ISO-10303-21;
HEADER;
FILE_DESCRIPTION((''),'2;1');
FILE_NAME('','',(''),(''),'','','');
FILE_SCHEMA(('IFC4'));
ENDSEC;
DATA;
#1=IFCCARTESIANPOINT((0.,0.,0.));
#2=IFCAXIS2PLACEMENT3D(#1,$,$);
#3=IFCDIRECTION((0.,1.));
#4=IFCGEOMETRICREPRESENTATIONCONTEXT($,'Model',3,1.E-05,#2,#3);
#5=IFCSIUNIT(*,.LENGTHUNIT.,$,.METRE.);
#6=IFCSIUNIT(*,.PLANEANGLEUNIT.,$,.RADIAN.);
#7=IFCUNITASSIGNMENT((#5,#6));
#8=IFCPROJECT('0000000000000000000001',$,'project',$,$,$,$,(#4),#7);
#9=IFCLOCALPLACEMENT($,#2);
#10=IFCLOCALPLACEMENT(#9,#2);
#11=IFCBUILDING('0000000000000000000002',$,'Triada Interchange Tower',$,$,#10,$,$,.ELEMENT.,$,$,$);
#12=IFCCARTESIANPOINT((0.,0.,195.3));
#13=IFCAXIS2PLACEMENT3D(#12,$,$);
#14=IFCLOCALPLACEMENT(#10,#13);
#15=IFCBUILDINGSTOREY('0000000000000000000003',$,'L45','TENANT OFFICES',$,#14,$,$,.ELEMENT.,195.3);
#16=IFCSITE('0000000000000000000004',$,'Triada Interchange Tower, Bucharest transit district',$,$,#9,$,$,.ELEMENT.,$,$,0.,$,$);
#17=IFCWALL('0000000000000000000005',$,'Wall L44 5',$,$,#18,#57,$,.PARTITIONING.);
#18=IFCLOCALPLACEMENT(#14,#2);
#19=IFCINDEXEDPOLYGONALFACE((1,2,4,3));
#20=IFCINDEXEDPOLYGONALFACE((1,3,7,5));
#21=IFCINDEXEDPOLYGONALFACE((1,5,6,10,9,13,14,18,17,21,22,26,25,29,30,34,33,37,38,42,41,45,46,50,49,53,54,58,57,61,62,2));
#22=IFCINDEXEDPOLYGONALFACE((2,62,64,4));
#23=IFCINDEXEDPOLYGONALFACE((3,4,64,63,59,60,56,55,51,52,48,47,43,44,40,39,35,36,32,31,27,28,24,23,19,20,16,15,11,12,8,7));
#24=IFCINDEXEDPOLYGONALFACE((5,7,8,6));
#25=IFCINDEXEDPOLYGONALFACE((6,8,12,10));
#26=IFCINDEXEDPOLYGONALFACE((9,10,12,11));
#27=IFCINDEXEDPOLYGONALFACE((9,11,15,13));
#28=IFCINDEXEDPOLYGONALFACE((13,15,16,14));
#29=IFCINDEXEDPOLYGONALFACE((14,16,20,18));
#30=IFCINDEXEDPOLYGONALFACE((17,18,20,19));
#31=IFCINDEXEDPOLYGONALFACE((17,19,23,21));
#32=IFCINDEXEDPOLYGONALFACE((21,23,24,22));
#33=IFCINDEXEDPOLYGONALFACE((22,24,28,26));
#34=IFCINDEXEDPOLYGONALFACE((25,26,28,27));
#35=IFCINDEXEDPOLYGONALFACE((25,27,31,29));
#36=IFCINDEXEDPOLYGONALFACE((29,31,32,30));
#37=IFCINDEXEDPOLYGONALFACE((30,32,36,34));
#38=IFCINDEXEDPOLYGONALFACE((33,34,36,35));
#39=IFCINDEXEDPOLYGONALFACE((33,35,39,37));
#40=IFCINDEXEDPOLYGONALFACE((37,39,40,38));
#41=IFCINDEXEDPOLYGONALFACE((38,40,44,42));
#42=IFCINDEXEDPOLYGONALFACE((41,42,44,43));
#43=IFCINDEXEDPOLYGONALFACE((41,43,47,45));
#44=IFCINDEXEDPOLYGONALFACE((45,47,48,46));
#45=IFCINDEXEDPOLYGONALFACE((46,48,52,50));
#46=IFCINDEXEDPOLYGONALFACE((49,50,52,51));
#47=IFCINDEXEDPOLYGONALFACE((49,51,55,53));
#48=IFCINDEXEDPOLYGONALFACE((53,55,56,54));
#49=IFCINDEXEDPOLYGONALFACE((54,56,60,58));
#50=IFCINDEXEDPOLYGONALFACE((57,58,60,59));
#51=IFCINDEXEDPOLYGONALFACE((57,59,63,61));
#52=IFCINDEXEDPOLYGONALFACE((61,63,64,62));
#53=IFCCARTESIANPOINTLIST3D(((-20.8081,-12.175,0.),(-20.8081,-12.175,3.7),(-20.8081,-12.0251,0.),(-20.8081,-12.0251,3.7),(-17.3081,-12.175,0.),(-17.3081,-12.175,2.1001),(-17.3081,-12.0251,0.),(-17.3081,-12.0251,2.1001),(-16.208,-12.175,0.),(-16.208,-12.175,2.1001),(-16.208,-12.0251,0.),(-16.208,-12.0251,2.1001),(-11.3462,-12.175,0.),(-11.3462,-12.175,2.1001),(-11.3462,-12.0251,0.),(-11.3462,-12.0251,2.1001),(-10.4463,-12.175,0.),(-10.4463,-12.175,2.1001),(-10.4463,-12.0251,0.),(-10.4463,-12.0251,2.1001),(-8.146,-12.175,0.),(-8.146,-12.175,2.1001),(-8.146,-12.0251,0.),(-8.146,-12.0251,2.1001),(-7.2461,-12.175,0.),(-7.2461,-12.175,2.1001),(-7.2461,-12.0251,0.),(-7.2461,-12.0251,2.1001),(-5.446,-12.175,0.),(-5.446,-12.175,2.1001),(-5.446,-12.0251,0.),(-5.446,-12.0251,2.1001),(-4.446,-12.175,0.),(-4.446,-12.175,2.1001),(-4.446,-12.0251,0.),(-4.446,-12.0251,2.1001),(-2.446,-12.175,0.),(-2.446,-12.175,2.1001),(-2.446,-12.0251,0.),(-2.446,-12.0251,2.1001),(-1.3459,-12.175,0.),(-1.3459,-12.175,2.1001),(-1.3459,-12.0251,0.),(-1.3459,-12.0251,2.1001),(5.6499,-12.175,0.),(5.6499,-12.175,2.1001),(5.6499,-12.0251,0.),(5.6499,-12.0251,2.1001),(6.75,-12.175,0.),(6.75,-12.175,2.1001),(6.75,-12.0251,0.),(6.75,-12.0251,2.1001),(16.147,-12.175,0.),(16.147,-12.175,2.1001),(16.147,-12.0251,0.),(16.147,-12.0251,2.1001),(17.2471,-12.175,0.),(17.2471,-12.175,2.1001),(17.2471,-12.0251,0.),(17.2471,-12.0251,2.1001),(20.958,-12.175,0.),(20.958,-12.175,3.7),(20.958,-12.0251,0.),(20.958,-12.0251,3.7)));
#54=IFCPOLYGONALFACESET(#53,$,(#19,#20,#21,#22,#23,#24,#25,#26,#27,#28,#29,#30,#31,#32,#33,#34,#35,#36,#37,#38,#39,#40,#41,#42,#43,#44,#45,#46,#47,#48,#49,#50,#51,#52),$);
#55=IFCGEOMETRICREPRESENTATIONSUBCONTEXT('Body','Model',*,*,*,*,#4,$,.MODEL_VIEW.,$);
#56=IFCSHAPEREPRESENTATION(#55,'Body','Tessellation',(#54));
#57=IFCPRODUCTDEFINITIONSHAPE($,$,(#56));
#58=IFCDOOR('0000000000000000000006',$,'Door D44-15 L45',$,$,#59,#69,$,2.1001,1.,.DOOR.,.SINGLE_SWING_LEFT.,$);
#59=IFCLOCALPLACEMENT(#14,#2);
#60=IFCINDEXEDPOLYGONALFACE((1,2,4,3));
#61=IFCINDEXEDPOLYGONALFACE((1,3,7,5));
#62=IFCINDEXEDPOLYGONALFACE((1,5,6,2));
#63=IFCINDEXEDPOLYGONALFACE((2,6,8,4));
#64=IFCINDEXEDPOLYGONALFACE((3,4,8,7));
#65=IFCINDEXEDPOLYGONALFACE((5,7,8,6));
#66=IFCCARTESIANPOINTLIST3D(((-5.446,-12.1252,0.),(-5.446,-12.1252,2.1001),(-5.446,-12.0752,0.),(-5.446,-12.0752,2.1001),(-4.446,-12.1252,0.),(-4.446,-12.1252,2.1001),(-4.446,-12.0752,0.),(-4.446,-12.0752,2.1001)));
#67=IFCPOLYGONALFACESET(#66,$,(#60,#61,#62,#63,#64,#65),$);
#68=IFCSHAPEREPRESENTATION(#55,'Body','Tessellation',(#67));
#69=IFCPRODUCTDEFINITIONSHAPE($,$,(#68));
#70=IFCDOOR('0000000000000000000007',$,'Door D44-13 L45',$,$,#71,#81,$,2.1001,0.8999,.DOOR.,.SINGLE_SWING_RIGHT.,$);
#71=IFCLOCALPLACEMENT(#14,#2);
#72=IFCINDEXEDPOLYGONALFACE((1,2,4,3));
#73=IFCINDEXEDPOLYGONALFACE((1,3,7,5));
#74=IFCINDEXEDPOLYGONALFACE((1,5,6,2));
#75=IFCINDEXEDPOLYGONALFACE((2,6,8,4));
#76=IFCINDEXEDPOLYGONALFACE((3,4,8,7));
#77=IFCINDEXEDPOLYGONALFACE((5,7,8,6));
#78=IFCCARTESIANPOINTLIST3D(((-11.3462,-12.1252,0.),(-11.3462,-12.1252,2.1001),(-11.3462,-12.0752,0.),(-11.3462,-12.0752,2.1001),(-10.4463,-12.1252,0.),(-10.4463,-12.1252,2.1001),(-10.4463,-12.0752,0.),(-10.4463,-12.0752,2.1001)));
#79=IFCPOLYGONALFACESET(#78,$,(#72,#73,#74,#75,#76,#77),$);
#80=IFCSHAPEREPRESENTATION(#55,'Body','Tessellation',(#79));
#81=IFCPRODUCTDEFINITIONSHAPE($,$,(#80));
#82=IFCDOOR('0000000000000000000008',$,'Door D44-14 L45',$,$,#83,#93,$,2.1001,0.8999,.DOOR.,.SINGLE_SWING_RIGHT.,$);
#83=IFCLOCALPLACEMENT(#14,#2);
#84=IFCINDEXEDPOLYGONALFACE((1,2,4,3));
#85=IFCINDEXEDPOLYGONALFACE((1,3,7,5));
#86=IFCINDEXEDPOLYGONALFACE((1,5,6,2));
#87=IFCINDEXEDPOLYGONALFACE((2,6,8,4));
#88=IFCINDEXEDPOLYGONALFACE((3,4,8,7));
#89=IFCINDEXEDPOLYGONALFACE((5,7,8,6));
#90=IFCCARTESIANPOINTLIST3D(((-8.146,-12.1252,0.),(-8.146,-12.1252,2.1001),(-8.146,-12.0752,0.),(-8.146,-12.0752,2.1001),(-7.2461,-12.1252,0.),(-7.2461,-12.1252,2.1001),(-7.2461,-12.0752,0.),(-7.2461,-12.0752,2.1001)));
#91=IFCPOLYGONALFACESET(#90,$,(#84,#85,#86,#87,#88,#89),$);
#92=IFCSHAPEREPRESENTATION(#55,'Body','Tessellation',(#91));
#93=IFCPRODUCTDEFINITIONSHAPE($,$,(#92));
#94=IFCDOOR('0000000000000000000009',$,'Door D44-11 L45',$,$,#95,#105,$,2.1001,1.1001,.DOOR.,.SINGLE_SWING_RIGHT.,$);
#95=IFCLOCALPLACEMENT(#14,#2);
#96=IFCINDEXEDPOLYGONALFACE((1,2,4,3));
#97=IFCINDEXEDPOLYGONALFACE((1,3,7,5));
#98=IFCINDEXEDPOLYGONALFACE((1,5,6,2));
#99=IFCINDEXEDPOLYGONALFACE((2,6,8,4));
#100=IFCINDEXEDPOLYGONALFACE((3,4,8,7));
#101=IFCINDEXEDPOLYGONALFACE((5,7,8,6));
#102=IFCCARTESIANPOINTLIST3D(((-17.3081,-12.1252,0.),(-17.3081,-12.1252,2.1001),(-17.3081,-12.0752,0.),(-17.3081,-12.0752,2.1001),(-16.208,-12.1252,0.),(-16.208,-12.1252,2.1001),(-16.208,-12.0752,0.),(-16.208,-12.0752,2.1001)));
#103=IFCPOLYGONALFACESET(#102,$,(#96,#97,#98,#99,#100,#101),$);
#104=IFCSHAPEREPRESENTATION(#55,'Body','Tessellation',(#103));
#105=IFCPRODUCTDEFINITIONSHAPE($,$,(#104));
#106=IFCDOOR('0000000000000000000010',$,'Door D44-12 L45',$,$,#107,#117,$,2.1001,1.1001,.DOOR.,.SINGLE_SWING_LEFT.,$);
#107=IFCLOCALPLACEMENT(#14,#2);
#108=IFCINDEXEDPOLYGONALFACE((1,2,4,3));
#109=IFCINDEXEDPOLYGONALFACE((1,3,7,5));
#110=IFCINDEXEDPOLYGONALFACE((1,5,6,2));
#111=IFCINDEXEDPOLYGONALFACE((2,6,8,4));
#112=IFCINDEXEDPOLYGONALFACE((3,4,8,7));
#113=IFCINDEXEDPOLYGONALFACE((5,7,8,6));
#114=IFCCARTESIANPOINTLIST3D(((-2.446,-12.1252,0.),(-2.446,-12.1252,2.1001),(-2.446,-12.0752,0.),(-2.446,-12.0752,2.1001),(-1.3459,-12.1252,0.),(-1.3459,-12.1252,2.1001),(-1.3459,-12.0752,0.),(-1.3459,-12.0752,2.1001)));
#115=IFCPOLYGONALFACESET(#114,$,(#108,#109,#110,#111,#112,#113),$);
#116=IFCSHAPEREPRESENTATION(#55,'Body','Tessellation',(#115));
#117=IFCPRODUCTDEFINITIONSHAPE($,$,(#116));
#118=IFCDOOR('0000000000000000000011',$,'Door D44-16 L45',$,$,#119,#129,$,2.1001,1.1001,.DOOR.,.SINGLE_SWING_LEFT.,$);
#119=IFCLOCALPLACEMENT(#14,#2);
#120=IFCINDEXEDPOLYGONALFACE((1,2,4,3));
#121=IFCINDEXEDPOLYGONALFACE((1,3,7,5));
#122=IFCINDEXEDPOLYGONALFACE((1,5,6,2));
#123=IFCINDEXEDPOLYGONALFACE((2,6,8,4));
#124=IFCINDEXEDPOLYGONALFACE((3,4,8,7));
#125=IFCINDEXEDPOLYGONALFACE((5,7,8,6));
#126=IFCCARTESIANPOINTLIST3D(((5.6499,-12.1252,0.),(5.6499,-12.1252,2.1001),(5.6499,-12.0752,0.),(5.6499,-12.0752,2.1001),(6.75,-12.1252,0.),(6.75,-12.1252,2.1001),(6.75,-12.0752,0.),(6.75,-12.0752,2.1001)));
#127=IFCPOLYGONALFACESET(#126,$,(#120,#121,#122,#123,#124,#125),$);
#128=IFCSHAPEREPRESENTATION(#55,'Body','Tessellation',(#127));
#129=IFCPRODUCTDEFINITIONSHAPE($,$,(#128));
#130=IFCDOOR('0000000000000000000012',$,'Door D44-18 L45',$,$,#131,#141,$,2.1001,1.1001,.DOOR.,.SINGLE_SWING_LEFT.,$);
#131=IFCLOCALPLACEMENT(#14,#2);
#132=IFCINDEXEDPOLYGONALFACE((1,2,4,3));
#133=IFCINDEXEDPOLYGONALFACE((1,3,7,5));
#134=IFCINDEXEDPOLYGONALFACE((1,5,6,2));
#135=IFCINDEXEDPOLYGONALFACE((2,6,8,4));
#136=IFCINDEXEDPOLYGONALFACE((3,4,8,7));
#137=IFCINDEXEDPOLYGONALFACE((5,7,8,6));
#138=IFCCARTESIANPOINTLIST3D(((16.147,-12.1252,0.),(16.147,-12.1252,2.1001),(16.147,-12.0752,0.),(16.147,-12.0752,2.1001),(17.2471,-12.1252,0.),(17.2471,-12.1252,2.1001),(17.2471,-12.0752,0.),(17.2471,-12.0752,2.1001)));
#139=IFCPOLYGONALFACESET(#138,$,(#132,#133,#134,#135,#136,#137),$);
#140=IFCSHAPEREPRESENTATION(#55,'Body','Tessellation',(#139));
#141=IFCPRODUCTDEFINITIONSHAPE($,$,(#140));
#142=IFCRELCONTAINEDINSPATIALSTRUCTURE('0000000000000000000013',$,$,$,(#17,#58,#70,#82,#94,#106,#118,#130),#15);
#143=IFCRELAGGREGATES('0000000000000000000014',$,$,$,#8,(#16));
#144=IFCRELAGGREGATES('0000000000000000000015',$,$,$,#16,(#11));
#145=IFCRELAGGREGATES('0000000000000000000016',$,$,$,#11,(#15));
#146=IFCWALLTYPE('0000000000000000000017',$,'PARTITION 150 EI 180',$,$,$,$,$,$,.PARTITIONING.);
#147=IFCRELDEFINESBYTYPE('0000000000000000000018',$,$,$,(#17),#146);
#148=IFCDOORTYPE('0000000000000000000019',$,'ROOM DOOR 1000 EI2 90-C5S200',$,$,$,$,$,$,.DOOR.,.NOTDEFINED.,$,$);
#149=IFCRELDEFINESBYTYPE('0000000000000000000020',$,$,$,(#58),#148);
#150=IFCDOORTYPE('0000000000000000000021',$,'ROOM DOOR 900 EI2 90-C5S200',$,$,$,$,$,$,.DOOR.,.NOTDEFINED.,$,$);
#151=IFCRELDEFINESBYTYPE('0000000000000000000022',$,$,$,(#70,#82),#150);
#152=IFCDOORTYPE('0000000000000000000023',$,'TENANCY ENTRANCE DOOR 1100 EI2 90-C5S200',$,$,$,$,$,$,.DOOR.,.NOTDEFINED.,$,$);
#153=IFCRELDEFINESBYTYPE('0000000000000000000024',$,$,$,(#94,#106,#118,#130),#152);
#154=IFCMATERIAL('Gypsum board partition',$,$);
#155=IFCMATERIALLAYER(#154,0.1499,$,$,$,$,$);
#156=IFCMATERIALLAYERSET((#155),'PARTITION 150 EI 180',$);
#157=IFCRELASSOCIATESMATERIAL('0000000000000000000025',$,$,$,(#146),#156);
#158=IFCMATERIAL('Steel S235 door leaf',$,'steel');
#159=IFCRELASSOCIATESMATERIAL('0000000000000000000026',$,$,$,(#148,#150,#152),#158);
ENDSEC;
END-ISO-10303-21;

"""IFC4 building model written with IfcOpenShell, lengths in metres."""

from ifc_helpers import new_model, si_unit, direction, frame, frame_2d, origin, place, context, subcontext, project, spatial, rectangle, extrude, material, layer, layer_set, type_object, element, fill, save


model = new_model("IFC4")

# Units and contexts
model_context = context("Model", 3, precision=1e-05, world=origin(), true_north=direction((0.0, 1.0)))
body_context = subcontext(model_context, "Body", "Model", "MODEL_VIEW")
ifc_project = project(units=[si_unit("LENGTHUNIT", "METRE"), si_unit("PLANEANGLEUNIT", "RADIAN")], contexts=[model_context])

# Site, building, storey
site_placement = place(None, origin())
site = spatial("IfcSite", under=ifc_project, at=site_placement, Name="Triada Interchange Tower, Bucharest transit district", CompositionType="ELEMENT", RefElevation=0.0)
building_placement = place(site_placement, origin())
building = spatial("IfcBuilding", under=site, at=building_placement, Name="Triada Interchange Tower", CompositionType="ELEMENT")
storey_placement = place(building_placement, frame((0.0, 0.0, 195.3)))
storey = spatial("IfcBuildingStorey", under=building, at=storey_placement, Name="L45", Description="TENANT OFFICES", CompositionType="ELEMENT", Elevation=195.3)

# Wall, openings, doors
ifc_material_1 = material(Name="Gypsum board partition")
ifc_layer_1 = layer(ifc_material_1, 0.1499)
ifc_layer_set_1 = layer_set([ifc_layer_1], Name="PARTITION 150 EI 180")
wall_type_1 = type_object("IfcWallType", Name="PARTITION 150 EI 180", PredefinedType="PARTITIONING", material=ifc_layer_set_1)
ifc_material_2 = material(Name="Steel S235 door leaf", Category="steel")
door_type_1 = type_object("IfcDoorType", Name="ROOM DOOR 1000 EI2 90-C5S200", OperationType="NOTDEFINED", PredefinedType="DOOR", material=ifc_material_2)
door_type_2 = type_object("IfcDoorType", Name="ROOM DOOR 900 EI2 90-C5S200", OperationType="NOTDEFINED", PredefinedType="DOOR", material=ifc_material_2)
door_type_3 = type_object("IfcDoorType", Name="TENANCY ENTRANCE DOOR 1100 EI2 90-C5S200", OperationType="NOTDEFINED", PredefinedType="DOOR", material=ifc_material_2)
wall_1_placement = place(storey_placement, frame((-20.8081, -12.1001, 0.0), z_axis=(0.0, 0.0, 1.0), x_axis=(1.0, 0.0, 0.0)))
wall_1 = element("IfcWall", 1, at=wall_1_placement, inside=storey, type_object=wall_type_1, Name="Wall L44 5", PredefinedType="PARTITIONING", context=body_context, shape_type="SweptSolid", body=[
    extrude(rectangle(XDim=41.7661, YDim=0.1499, at=frame_2d((20.8831, 0.0))), origin(), (0.0, 0.0, 1.0), 3.7),
])
opening_1_placement = place(wall_1_placement, frame((3.5, 0.0, 0.0)))
opening_1 = element("IfcOpeningElement", 2, at=opening_1_placement, cuts=wall_1, PredefinedType="OPENING", context=body_context, shape_type="SweptSolid", body=[
    extrude(rectangle(XDim=1.1001, YDim=2.1001, at=frame_2d((0.55, 1.05))), frame((0.0, 0.085, 0.0), z_axis=(0.0, -1.0, 0.0), x_axis=(1.0, 0.0, 0.0)), (0.0, 0.0, 1.0), 0.1699),
])
opening_2_placement = place(wall_1_placement, frame((18.3621, 0.0, 0.0)))
opening_2 = element("IfcOpeningElement", 3, at=opening_2_placement, cuts=wall_1, PredefinedType="OPENING", context=body_context, shape_type="SweptSolid", body=[
    extrude(rectangle(XDim=1.1001, YDim=2.1001, at=frame_2d((0.55, 1.05))), frame((0.0, 0.085, 0.0), z_axis=(0.0, -1.0, 0.0), x_axis=(1.0, 0.0, 0.0)), (0.0, 0.0, 1.0), 0.1699),
])
opening_3_placement = place(wall_1_placement, frame((9.4619, 0.0, 0.0)))
opening_3 = element("IfcOpeningElement", 4, at=opening_3_placement, cuts=wall_1, PredefinedType="OPENING", context=body_context, shape_type="SweptSolid", body=[
    extrude(rectangle(XDim=0.8999, YDim=2.1001, at=frame_2d((0.45, 1.05))), frame((0.0, 0.085, 0.0), z_axis=(0.0, -1.0, 0.0), x_axis=(1.0, 0.0, 0.0)), (0.0, 0.0, 1.0), 0.1699),
])
opening_4_placement = place(wall_1_placement, frame((12.6621, 0.0, 0.0)))
opening_4 = element("IfcOpeningElement", 5, at=opening_4_placement, cuts=wall_1, PredefinedType="OPENING", context=body_context, shape_type="SweptSolid", body=[
    extrude(rectangle(XDim=0.8999, YDim=2.1001, at=frame_2d((0.45, 1.05))), frame((0.0, 0.085, 0.0), z_axis=(0.0, -1.0, 0.0), x_axis=(1.0, 0.0, 0.0)), (0.0, 0.0, 1.0), 0.1699),
])
opening_5_placement = place(wall_1_placement, frame((15.3621, 0.0, 0.0)))
opening_5 = element("IfcOpeningElement", 6, at=opening_5_placement, cuts=wall_1, PredefinedType="OPENING", context=body_context, shape_type="SweptSolid", body=[
    extrude(rectangle(XDim=1.0, YDim=2.1001, at=frame_2d((0.5, 1.05))), frame((0.0, 0.085, 0.0), z_axis=(0.0, -1.0, 0.0), x_axis=(1.0, 0.0, 0.0)), (0.0, 0.0, 1.0), 0.1699),
])
opening_6_placement = place(wall_1_placement, frame((26.458, 0.0, 0.0)))
opening_6 = element("IfcOpeningElement", 7, at=opening_6_placement, cuts=wall_1, PredefinedType="OPENING", context=body_context, shape_type="SweptSolid", body=[
    extrude(rectangle(XDim=1.1001, YDim=2.1001, at=frame_2d((0.55, 1.05))), frame((0.0, 0.085, 0.0), z_axis=(0.0, -1.0, 0.0), x_axis=(1.0, 0.0, 0.0)), (0.0, 0.0, 1.0), 0.1699),
])
opening_7_placement = place(wall_1_placement, frame((36.9551, 0.0, 0.0)))
opening_7 = element("IfcOpeningElement", 8, at=opening_7_placement, cuts=wall_1, PredefinedType="OPENING", context=body_context, shape_type="SweptSolid", body=[
    extrude(rectangle(XDim=1.1001, YDim=2.1001, at=frame_2d((0.55, 1.05))), frame((0.0, 0.085, 0.0), z_axis=(0.0, -1.0, 0.0), x_axis=(1.0, 0.0, 0.0)), (0.0, 0.0, 1.0), 0.1699),
])
door_1_placement = place(opening_5_placement, origin())
door_1 = element("IfcDoor", 9, at=door_1_placement, inside=storey, type_object=door_type_1, Name="Door D44-15 L45", OperationType="SINGLE_SWING_LEFT", OverallHeight=2.1001, OverallWidth=1.0, PredefinedType="DOOR", context=body_context, shape_type="SweptSolid", body=[
    extrude(rectangle(XDim=1.0, YDim=2.1001, at=frame_2d((0.5, 1.05))), frame((0.0, 0.0249, 0.0), z_axis=(0.0, -1.0, 0.0), x_axis=(1.0, 0.0, 0.0)), (0.0, 0.0, 1.0), 0.05),
])
fill(opening_5, door_1)
door_2_placement = place(opening_3_placement, origin())
door_2 = element("IfcDoor", 10, at=door_2_placement, inside=storey, type_object=door_type_2, Name="Door D44-13 L45", OperationType="SINGLE_SWING_RIGHT", OverallHeight=2.1001, OverallWidth=0.8999, PredefinedType="DOOR", context=body_context, shape_type="SweptSolid", body=[
    extrude(rectangle(XDim=0.8999, YDim=2.1001, at=frame_2d((0.45, 1.05))), frame((0.0, 0.0249, 0.0), z_axis=(0.0, -1.0, 0.0), x_axis=(1.0, 0.0, 0.0)), (0.0, 0.0, 1.0), 0.05),
])
fill(opening_3, door_2)
door_3_placement = place(opening_4_placement, origin())
door_3 = element("IfcDoor", 11, at=door_3_placement, inside=storey, type_object=door_type_2, Name="Door D44-14 L45", OperationType="SINGLE_SWING_RIGHT", OverallHeight=2.1001, OverallWidth=0.8999, PredefinedType="DOOR", context=body_context, shape_type="SweptSolid", body=[
    extrude(rectangle(XDim=0.8999, YDim=2.1001, at=frame_2d((0.45, 1.05))), frame((0.0, 0.0249, 0.0), z_axis=(0.0, -1.0, 0.0), x_axis=(1.0, 0.0, 0.0)), (0.0, 0.0, 1.0), 0.05),
])
fill(opening_4, door_3)
door_4_placement = place(opening_1_placement, origin())
door_4 = element("IfcDoor", 12, at=door_4_placement, inside=storey, type_object=door_type_3, Name="Door D44-11 L45", OperationType="SINGLE_SWING_RIGHT", OverallHeight=2.1001, OverallWidth=1.1001, PredefinedType="DOOR", context=body_context, shape_type="SweptSolid", body=[
    extrude(rectangle(XDim=1.1001, YDim=2.1001, at=frame_2d((0.55, 1.05))), frame((0.0, 0.0249, 0.0), z_axis=(0.0, -1.0, 0.0), x_axis=(1.0, 0.0, 0.0)), (0.0, 0.0, 1.0), 0.05),
])
fill(opening_1, door_4)
door_5_placement = place(opening_2_placement, origin())
door_5 = element("IfcDoor", 13, at=door_5_placement, inside=storey, type_object=door_type_3, Name="Door D44-12 L45", OperationType="SINGLE_SWING_LEFT", OverallHeight=2.1001, OverallWidth=1.1001, PredefinedType="DOOR", context=body_context, shape_type="SweptSolid", body=[
    extrude(rectangle(XDim=1.1001, YDim=2.1001, at=frame_2d((0.55, 1.05))), frame((0.0, 0.0249, 0.0), z_axis=(0.0, -1.0, 0.0), x_axis=(1.0, 0.0, 0.0)), (0.0, 0.0, 1.0), 0.05),
])
fill(opening_2, door_5)
door_6_placement = place(opening_6_placement, origin())
door_6 = element("IfcDoor", 14, at=door_6_placement, inside=storey, type_object=door_type_3, Name="Door D44-16 L45", OperationType="SINGLE_SWING_LEFT", OverallHeight=2.1001, OverallWidth=1.1001, PredefinedType="DOOR", context=body_context, shape_type="SweptSolid", body=[
    extrude(rectangle(XDim=1.1001, YDim=2.1001, at=frame_2d((0.55, 1.05))), frame((0.0, 0.0249, 0.0), z_axis=(0.0, -1.0, 0.0), x_axis=(1.0, 0.0, 0.0)), (0.0, 0.0, 1.0), 0.05),
])
fill(opening_6, door_6)
door_7_placement = place(opening_7_placement, origin())
door_7 = element("IfcDoor", 15, at=door_7_placement, inside=storey, type_object=door_type_3, Name="Door D44-18 L45", OperationType="SINGLE_SWING_LEFT", OverallHeight=2.1001, OverallWidth=1.1001, PredefinedType="DOOR", context=body_context, shape_type="SweptSolid", body=[
    extrude(rectangle(XDim=1.1001, YDim=2.1001, at=frame_2d((0.55, 1.05))), frame((0.0, 0.0249, 0.0), z_axis=(0.0, -1.0, 0.0), x_axis=(1.0, 0.0, 0.0)), (0.0, 0.0, 1.0), 0.05),
])
fill(opening_7, door_7)

save(model, "model.ifc")
